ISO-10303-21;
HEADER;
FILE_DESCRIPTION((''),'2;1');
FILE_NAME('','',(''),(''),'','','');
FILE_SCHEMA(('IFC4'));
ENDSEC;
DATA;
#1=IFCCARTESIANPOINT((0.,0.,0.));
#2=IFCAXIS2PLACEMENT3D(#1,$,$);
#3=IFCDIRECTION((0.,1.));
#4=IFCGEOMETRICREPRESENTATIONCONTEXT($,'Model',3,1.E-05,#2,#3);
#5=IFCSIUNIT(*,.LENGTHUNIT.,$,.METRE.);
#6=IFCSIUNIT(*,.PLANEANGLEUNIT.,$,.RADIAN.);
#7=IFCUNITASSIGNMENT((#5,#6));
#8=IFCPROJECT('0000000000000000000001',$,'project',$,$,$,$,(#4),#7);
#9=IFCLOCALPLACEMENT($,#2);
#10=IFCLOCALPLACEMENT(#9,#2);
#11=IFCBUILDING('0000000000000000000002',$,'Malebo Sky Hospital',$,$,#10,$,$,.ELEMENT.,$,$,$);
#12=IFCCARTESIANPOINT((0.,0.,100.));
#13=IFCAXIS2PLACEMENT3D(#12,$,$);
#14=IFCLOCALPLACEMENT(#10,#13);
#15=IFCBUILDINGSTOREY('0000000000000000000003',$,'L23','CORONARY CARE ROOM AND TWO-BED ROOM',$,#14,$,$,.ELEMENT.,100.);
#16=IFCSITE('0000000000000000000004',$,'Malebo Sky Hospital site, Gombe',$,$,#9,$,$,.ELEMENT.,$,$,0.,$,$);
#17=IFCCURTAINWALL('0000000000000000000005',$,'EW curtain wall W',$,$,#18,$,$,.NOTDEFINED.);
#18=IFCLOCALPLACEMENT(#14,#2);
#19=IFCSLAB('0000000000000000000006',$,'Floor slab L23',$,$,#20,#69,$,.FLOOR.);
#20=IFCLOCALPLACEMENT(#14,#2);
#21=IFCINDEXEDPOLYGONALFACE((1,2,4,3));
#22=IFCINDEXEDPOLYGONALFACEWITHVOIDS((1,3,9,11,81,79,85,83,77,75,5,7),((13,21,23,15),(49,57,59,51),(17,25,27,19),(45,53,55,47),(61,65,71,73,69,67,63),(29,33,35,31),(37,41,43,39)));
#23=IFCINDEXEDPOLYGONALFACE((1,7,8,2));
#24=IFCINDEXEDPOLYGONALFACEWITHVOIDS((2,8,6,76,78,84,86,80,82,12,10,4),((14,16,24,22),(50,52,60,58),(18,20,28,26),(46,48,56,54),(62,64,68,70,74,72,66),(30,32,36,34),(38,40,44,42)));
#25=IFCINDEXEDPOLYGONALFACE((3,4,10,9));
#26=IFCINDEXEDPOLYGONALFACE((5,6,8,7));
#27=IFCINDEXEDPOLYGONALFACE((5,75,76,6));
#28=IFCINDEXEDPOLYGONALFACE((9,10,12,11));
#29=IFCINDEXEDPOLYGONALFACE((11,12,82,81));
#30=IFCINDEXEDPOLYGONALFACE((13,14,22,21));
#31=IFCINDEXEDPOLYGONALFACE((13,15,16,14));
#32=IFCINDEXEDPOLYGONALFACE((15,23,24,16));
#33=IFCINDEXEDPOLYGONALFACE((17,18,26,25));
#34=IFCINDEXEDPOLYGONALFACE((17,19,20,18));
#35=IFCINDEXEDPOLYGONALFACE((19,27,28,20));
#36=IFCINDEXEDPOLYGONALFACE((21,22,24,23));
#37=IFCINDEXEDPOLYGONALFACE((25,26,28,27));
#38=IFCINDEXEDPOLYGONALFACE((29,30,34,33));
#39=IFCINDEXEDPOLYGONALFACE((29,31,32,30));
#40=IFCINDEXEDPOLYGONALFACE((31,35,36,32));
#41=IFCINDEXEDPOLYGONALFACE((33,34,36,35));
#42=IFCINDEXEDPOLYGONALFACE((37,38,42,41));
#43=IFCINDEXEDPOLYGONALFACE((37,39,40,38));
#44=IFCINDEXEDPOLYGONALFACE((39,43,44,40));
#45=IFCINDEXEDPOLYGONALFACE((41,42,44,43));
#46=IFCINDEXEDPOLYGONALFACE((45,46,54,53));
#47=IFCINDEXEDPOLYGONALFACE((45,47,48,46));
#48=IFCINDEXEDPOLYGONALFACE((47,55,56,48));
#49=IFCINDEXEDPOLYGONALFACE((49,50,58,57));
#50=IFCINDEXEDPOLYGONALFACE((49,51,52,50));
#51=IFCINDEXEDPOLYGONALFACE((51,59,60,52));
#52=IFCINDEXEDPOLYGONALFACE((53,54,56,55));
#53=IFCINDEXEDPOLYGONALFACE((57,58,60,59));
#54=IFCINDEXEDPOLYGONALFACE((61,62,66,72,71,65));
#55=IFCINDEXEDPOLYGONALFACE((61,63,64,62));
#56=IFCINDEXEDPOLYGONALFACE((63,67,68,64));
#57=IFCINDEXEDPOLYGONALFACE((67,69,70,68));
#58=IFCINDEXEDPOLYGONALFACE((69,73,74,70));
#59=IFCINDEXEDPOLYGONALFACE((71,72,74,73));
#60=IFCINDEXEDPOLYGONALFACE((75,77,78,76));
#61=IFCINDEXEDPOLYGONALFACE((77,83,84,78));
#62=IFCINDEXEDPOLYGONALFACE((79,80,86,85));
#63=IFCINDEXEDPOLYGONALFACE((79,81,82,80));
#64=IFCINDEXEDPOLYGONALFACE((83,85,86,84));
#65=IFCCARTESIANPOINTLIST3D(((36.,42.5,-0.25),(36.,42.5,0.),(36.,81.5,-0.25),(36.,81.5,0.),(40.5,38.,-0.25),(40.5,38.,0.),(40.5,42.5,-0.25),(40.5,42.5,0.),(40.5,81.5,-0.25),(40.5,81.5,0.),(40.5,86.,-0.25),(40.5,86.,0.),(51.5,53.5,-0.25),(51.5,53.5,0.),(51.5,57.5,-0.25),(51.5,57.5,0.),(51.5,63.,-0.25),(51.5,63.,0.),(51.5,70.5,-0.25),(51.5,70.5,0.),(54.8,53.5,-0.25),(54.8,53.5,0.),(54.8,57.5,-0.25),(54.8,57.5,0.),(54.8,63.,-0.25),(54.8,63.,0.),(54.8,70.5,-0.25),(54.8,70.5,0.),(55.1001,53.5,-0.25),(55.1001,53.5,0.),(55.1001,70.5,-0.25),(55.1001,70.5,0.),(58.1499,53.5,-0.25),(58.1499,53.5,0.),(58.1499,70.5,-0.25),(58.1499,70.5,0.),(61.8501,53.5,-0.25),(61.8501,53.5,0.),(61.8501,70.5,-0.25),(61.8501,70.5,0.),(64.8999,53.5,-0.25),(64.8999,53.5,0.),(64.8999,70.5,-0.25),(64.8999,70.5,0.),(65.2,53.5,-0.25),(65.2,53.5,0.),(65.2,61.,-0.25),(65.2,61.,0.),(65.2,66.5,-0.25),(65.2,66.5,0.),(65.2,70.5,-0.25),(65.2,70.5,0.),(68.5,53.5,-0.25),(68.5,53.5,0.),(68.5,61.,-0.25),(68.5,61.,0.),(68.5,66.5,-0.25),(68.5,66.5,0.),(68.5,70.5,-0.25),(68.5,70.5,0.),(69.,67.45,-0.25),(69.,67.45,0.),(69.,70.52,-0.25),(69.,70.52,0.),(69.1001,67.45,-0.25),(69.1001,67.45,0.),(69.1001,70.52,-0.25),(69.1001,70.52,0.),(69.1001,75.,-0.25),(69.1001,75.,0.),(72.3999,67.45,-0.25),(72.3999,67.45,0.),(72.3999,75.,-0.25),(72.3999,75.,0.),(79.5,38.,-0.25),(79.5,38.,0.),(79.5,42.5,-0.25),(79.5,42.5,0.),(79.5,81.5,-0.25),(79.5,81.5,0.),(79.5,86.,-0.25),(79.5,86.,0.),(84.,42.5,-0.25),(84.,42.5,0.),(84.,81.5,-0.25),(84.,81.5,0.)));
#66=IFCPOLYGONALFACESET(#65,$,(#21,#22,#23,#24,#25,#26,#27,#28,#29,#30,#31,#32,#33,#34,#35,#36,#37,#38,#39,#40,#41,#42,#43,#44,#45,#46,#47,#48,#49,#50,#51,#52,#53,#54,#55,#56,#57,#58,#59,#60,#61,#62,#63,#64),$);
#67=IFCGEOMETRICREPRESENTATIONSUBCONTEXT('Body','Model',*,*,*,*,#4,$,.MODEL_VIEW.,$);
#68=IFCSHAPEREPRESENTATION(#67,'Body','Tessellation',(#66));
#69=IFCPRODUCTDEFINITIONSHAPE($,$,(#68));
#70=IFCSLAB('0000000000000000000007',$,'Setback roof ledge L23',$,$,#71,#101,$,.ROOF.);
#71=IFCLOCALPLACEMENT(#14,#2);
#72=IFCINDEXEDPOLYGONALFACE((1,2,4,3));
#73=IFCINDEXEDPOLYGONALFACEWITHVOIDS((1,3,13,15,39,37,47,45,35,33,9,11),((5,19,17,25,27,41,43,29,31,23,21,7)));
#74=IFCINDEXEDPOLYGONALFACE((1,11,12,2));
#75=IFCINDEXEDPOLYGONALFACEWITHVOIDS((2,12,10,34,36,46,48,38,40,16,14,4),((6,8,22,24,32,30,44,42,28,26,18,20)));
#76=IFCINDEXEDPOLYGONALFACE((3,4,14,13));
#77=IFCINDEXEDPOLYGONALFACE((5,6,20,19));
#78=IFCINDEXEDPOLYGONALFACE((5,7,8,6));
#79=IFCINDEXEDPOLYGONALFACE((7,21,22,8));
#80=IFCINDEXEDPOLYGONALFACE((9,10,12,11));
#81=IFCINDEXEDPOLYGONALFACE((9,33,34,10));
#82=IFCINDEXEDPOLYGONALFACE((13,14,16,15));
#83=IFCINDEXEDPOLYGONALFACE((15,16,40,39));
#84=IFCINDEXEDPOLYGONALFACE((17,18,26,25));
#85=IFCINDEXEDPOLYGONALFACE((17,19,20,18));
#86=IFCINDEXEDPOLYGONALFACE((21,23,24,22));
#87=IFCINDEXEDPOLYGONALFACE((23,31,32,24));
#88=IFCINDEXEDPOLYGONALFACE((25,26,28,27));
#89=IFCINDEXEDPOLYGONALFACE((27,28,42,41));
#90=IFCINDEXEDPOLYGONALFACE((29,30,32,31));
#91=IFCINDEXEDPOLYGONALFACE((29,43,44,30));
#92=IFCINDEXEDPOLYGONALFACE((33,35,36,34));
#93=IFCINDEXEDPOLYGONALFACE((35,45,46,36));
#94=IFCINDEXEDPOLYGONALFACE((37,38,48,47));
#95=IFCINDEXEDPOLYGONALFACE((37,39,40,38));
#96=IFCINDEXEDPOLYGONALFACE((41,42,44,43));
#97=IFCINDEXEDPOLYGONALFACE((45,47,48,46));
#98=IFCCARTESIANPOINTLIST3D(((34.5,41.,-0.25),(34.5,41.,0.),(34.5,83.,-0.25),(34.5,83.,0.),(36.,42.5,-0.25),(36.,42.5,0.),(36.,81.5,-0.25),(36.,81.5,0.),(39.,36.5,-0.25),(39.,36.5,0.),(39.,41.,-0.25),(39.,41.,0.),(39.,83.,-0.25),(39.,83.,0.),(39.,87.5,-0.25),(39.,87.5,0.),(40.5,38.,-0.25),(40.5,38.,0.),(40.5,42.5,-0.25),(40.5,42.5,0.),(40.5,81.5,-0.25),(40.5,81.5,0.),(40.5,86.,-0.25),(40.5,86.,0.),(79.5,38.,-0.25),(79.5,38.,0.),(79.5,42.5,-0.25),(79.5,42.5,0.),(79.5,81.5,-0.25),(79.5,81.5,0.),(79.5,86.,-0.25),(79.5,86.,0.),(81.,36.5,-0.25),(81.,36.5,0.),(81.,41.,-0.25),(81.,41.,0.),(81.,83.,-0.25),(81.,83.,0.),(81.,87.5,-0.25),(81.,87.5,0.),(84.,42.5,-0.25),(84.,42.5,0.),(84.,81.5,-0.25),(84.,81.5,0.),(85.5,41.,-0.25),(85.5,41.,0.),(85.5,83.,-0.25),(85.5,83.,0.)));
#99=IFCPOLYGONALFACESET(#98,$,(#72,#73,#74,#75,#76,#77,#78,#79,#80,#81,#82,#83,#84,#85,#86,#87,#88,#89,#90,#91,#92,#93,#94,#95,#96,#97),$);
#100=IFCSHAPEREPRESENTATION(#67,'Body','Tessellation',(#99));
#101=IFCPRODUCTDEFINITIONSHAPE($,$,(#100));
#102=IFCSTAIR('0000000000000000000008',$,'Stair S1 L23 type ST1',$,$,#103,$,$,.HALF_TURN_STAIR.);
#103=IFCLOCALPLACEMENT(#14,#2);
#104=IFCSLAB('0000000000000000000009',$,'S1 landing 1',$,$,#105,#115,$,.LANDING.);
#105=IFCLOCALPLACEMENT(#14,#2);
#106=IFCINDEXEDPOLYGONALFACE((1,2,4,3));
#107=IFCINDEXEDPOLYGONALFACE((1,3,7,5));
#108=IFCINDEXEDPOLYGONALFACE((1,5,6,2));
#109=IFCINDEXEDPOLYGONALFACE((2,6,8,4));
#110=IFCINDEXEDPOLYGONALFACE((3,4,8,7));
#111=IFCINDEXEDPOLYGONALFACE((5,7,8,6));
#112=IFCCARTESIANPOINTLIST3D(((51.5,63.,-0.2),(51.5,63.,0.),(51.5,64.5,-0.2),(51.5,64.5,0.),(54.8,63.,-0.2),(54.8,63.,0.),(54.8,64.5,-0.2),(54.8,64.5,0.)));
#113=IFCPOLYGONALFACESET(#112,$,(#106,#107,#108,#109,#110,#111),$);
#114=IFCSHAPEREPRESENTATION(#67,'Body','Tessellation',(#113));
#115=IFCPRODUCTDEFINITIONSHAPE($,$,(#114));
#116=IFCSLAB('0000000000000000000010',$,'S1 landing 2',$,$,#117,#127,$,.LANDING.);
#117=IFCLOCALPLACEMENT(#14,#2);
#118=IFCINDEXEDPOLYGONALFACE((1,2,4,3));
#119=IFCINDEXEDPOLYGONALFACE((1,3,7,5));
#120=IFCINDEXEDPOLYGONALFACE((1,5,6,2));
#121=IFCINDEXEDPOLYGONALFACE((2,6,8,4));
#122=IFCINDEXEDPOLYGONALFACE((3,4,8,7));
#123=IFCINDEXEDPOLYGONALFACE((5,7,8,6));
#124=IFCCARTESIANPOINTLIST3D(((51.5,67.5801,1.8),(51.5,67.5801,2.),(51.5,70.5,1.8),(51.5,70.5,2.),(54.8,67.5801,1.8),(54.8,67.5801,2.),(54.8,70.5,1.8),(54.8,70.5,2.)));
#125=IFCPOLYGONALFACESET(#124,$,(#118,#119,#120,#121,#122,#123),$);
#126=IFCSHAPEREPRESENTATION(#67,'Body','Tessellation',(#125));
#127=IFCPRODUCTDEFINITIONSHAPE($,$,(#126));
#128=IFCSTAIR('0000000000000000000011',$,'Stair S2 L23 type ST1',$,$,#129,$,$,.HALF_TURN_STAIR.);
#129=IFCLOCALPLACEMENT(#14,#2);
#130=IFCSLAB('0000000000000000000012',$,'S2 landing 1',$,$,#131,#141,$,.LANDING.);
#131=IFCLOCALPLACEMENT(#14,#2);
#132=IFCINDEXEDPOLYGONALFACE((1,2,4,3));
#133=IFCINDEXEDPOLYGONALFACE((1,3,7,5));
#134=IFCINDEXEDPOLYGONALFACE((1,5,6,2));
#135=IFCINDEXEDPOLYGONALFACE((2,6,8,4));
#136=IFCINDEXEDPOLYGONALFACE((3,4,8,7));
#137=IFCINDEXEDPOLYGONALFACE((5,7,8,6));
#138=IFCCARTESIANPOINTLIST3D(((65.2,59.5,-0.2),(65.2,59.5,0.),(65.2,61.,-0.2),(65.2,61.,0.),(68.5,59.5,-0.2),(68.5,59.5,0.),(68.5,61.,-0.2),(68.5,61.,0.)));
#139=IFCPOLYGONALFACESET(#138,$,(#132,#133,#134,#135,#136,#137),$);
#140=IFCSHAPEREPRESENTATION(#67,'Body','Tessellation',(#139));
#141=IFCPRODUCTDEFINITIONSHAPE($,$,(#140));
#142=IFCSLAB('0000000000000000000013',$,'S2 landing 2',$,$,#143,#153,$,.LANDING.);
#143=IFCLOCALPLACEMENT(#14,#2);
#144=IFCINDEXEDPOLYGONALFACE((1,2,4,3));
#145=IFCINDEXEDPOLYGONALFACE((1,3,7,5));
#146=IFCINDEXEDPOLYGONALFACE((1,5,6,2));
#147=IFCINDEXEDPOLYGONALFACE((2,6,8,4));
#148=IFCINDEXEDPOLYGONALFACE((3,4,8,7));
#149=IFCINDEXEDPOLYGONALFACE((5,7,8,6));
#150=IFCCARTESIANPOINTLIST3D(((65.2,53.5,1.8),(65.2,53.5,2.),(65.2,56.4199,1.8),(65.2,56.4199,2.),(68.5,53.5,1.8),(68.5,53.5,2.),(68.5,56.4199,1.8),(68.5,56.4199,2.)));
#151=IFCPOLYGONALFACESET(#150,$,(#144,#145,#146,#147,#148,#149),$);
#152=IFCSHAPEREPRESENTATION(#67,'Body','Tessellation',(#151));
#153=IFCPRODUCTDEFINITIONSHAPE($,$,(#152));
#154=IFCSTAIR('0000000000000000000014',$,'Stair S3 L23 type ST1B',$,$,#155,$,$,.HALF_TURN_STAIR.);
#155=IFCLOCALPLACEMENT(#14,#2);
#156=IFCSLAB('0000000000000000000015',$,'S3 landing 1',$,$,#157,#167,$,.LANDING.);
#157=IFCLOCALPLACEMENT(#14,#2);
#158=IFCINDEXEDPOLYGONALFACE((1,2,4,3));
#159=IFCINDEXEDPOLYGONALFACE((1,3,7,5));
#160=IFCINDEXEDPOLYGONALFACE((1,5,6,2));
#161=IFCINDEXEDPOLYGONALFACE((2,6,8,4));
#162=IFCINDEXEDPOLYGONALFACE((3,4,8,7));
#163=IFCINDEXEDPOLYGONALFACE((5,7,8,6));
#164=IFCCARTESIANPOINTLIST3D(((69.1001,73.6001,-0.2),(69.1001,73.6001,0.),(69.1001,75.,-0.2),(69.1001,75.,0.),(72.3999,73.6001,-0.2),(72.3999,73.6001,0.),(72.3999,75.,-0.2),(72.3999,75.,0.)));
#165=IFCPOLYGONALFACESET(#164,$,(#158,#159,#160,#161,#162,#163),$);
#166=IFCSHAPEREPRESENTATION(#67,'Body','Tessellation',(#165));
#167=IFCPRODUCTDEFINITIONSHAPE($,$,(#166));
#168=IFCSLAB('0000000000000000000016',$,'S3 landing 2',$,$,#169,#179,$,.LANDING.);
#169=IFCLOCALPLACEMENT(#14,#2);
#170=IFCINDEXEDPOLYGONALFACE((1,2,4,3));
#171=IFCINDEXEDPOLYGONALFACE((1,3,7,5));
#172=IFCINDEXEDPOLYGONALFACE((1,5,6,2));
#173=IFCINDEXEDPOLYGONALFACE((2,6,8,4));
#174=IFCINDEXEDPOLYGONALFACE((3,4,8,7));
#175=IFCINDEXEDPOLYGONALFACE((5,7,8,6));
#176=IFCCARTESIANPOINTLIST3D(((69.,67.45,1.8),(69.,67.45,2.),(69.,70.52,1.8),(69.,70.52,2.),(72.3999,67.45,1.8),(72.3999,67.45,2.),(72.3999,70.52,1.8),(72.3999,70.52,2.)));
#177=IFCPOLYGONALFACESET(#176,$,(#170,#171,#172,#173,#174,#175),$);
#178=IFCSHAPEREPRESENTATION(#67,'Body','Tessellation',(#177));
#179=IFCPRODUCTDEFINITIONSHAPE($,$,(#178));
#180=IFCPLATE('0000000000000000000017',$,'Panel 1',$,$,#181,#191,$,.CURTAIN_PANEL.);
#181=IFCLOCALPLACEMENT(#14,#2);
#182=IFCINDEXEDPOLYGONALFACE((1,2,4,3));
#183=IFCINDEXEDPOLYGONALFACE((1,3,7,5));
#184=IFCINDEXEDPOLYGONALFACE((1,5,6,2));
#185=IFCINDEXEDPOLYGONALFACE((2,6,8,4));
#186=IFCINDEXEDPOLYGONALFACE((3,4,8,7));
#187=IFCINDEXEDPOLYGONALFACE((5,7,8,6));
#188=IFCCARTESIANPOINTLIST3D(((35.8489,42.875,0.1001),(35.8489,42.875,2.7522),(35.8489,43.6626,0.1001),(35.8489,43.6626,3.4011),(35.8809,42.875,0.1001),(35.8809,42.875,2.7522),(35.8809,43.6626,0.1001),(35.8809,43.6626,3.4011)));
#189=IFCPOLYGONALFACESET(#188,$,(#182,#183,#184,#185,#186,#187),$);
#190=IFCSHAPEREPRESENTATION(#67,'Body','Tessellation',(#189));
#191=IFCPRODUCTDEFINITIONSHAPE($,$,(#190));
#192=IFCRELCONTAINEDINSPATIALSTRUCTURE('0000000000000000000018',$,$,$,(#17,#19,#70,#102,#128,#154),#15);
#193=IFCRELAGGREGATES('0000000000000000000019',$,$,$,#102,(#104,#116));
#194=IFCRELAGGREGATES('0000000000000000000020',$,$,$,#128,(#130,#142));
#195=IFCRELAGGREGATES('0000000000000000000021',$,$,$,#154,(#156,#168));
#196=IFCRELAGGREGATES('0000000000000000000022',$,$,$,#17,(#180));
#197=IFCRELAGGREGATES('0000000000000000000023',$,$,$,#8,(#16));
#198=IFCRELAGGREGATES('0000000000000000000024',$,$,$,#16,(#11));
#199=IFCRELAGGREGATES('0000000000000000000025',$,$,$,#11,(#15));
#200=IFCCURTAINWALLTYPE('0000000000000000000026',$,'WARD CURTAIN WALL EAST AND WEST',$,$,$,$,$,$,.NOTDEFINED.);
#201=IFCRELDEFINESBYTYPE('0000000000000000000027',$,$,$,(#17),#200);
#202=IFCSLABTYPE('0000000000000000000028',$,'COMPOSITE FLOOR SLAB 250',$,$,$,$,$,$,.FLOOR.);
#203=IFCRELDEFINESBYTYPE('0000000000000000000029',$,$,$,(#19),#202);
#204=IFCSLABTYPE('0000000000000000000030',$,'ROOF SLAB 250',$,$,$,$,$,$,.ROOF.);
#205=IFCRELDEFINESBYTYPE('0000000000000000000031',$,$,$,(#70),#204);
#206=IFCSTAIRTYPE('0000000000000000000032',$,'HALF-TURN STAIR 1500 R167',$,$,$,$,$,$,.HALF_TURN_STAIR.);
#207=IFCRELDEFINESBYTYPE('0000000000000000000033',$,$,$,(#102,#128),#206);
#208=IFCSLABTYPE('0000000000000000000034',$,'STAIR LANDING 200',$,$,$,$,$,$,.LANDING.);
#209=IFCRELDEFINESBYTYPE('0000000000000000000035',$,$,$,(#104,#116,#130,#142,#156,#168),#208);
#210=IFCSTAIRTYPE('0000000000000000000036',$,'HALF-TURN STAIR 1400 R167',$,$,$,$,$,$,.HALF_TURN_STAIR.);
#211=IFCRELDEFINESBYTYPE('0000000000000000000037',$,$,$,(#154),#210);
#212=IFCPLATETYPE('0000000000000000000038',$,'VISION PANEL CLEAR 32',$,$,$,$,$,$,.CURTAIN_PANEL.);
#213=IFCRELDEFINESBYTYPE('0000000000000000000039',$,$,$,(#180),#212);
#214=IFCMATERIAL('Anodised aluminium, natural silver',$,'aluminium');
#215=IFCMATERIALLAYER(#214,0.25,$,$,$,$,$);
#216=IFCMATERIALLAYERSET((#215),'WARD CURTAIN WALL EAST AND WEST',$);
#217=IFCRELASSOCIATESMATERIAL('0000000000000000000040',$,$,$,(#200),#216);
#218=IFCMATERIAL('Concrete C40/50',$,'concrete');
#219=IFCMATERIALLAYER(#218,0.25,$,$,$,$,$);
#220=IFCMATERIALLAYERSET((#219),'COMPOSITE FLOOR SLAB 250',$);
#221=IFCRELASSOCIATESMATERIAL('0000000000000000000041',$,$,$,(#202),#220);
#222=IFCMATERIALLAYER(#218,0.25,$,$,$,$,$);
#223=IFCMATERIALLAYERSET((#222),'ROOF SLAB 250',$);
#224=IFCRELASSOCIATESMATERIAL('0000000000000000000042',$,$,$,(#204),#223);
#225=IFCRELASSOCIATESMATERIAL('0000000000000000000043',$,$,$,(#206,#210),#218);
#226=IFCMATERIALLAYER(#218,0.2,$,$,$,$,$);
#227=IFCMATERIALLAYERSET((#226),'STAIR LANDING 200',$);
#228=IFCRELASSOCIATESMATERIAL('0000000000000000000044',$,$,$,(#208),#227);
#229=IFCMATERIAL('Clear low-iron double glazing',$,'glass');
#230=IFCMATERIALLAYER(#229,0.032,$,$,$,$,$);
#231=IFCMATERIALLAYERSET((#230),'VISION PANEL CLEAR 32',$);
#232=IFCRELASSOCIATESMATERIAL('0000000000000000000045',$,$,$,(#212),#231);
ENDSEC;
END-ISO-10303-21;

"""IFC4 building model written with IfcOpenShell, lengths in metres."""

from ifc_helpers import new_model, si_unit, direction, frame, origin, place, context, subcontext, project, spatial, polyline, outline, extrude, material, layer, layer_set, type_object, element, aggregate, save


model = new_model("IFC4")

# Units and contexts
model_context = context("Model", 3, precision=1e-05, world=origin(), true_north=direction((0.0, 1.0)))
body_context = subcontext(model_context, "Body", "Model", "MODEL_VIEW")
ifc_project = project(units=[si_unit("LENGTHUNIT", "METRE"), si_unit("PLANEANGLEUNIT", "RADIAN")], contexts=[model_context])

# Site, building, storey
site_placement = place(None, origin())
site = spatial("IfcSite", under=ifc_project, at=site_placement, Name="Malebo Sky Hospital site, Gombe", CompositionType="ELEMENT", RefElevation=0.0)
building_placement = place(site_placement, origin())
building = spatial("IfcBuilding", under=site, at=building_placement, Name="Malebo Sky Hospital", CompositionType="ELEMENT")
storey_placement = place(building_placement, frame((0.0, 0.0, 100.0)))
storey = spatial("IfcBuildingStorey", under=building, at=storey_placement, Name="L23", Description="CORONARY CARE ROOM AND TWO-BED ROOM", CompositionType="ELEMENT", Elevation=100.0)

# Curtain wall
ifc_material_1 = material(Name="Anodised aluminium, natural silver", Category="aluminium")
ifc_layer_1 = layer(ifc_material_1, 0.25)
ifc_layer_set_1 = layer_set([ifc_layer_1], Name="WARD CURTAIN WALL EAST AND WEST")
curtain_wall_type = type_object("IfcCurtainWallType", Name="WARD CURTAIN WALL EAST AND WEST", PredefinedType="NOTDEFINED", material=ifc_layer_set_1)
curtain_wall_placement = place(storey_placement, origin())
curtain_wall = element("IfcCurtainWall", 1, at=curtain_wall_placement, inside=storey, type_object=curtain_wall_type, Name="EW curtain wall W", PredefinedType="NOTDEFINED")

# Slabs
ifc_material_2 = material(Name="Concrete C40/50", Category="concrete")
ifc_layer_2 = layer(ifc_material_2, 0.25)
ifc_layer_set_2 = layer_set([ifc_layer_2], Name="COMPOSITE FLOOR SLAB 250")
slab_type_1 = type_object("IfcSlabType", Name="COMPOSITE FLOOR SLAB 250", PredefinedType="FLOOR", material=ifc_layer_set_2)
slab_1_placement = place(storey_placement, frame((0.0, 0.0, -0.25)))
element("IfcSlab", 2, at=slab_1_placement, inside=storey, type_object=slab_type_1, Name="Floor slab L23", PredefinedType="FLOOR", context=body_context, shape_type="SweptSolid", body=[
    extrude(outline(polyline([(40.5, 86.0), (40.5, 81.5), (36.0, 81.5), (36.0, 42.5), (40.5, 42.5), (40.5, 38.0), (79.5, 38.0), (79.5, 42.5), (84.0, 42.5), (84.0, 81.5), (79.5, 81.5), (79.5, 86.0), (40.5, 86.0)]), holes=[polyline([(55.1001, 70.5), (58.1499, 70.5), (58.1499, 53.5), (55.1001, 53.5), (55.1001, 70.5)]), polyline([(64.8999, 70.5), (64.8999, 53.5), (61.8501, 53.5), (61.8501, 70.5), (64.8999, 70.5)]), polyline([(54.8, 63.0), (51.5, 63.0), (51.5, 70.5), (54.8, 70.5), (54.8, 63.0)]), polyline([(51.5, 53.5), (51.5, 57.5), (54.8, 57.5), (54.8, 53.5), (51.5, 53.5)]), polyline([(65.2, 61.0), (68.5, 61.0), (68.5, 53.5), (65.2, 53.5), (65.2, 61.0)]), polyline([(68.5, 70.5), (68.5, 66.5), (65.2, 66.5), (65.2, 70.5), (68.5, 70.5)]), polyline([(69.0, 67.45), (69.0, 70.52), (69.1001, 70.52), (69.1001, 75.0), (72.3999, 75.0), (72.3999, 67.45), (69.1001, 67.45), (69.0, 67.45)])]), origin(), (0.0, 0.0, 1.0), 0.25),
])
ifc_layer_3 = layer(ifc_material_2, 0.25)
ifc_layer_set_3 = layer_set([ifc_layer_3], Name="ROOF SLAB 250")
slab_type_2 = type_object("IfcSlabType", Name="ROOF SLAB 250", PredefinedType="ROOF", material=ifc_layer_set_3)
slab_2_placement = place(storey_placement, frame((0.0, 0.0, -0.25)))
element("IfcSlab", 3, at=slab_2_placement, inside=storey, type_object=slab_type_2, Name="Setback roof ledge L23", PredefinedType="ROOF", context=body_context, shape_type="SweptSolid", body=[
    extrude(outline(polyline([(81.0, 36.5), (81.0, 41.0), (85.5, 41.0), (85.5, 83.0), (81.0, 83.0), (81.0, 87.5), (39.0, 87.5), (39.0, 83.0), (34.5, 83.0), (34.5, 41.0), (39.0, 41.0), (39.0, 36.5), (81.0, 36.5)]), holes=[polyline([(79.5, 38.0), (40.5, 38.0), (40.5, 42.5), (36.0, 42.5), (36.0, 81.5), (40.5, 81.5), (40.5, 86.0), (79.5, 86.0), (79.5, 81.5), (84.0, 81.5), (84.0, 42.5), (79.5, 42.5), (79.5, 38.0)])]), origin(), (0.0, 0.0, 1.0), 0.25),
])

# Stairs, slabs
stair_type_1 = type_object("IfcStairType", Name="HALF-TURN STAIR 1500 R167", PredefinedType="HALF_TURN_STAIR", material=ifc_material_2)
stair_1_placement = place(storey_placement, origin())
stair_1 = element("IfcStair", 4, at=stair_1_placement, inside=storey, type_object=stair_type_1, Name="Stair S1 L23 type ST1", PredefinedType="HALF_TURN_STAIR")
ifc_layer_4 = layer(ifc_material_2, 0.2)
ifc_layer_set_4 = layer_set([ifc_layer_4], Name="STAIR LANDING 200")
slab_type_3 = type_object("IfcSlabType", Name="STAIR LANDING 200", PredefinedType="LANDING", material=ifc_layer_set_4)
slab_3_placement = place(storey_placement, frame((0.0, 0.0, -0.2)))
slab_3 = element("IfcSlab", 5, at=slab_3_placement, type_object=slab_type_3, Name="S1 landing 1", PredefinedType="LANDING", context=body_context, shape_type="SweptSolid", body=[
    extrude(outline(polyline([(51.5, 63.0), (54.8, 63.0), (54.8, 64.5), (51.5, 64.5), (51.5, 63.0)])), origin(), (0.0, 0.0, 1.0), 0.2),
])
slab_4_placement = place(storey_placement, frame((0.0, 0.0, 1.8)))
slab_4 = element("IfcSlab", 6, at=slab_4_placement, type_object=slab_type_3, Name="S1 landing 2", PredefinedType="LANDING", context=body_context, shape_type="SweptSolid", body=[
    extrude(outline(polyline([(51.5, 67.5801), (54.8, 67.5801), (54.8, 70.5), (51.5, 70.5), (51.5, 67.5801)])), origin(), (0.0, 0.0, 1.0), 0.2),
])
aggregate(stair_1, [slab_3, slab_4])
stair_2_placement = place(storey_placement, origin())
stair_2 = element("IfcStair", 7, at=stair_2_placement, inside=storey, type_object=stair_type_1, Name="Stair S2 L23 type ST1", PredefinedType="HALF_TURN_STAIR")
slab_5_placement = place(storey_placement, frame((0.0, 0.0, -0.2)))
slab_5 = element("IfcSlab", 8, at=slab_5_placement, type_object=slab_type_3, Name="S2 landing 1", PredefinedType="LANDING", context=body_context, shape_type="SweptSolid", body=[
    extrude(outline(polyline([(65.2, 59.5), (68.5, 59.5), (68.5, 61.0), (65.2, 61.0), (65.2, 59.5)])), origin(), (0.0, 0.0, 1.0), 0.2),
])
slab_6_placement = place(storey_placement, frame((0.0, 0.0, 1.8)))
slab_6 = element("IfcSlab", 9, at=slab_6_placement, type_object=slab_type_3, Name="S2 landing 2", PredefinedType="LANDING", context=body_context, shape_type="SweptSolid", body=[
    extrude(outline(polyline([(65.2, 53.5), (68.5, 53.5), (68.5, 56.4199), (65.2, 56.4199), (65.2, 53.5)])), origin(), (0.0, 0.0, 1.0), 0.2),
])
aggregate(stair_2, [slab_5, slab_6])
stair_type_2 = type_object("IfcStairType", Name="HALF-TURN STAIR 1400 R167", PredefinedType="HALF_TURN_STAIR", material=ifc_material_2)
stair_3_placement = place(storey_placement, origin())
stair_3 = element("IfcStair", 10, at=stair_3_placement, inside=storey, type_object=stair_type_2, Name="Stair S3 L23 type ST1B", PredefinedType="HALF_TURN_STAIR")
slab_7_placement = place(storey_placement, frame((0.0, 0.0, -0.2)))
slab_7 = element("IfcSlab", 11, at=slab_7_placement, type_object=slab_type_3, Name="S3 landing 1", PredefinedType="LANDING", context=body_context, shape_type="SweptSolid", body=[
    extrude(outline(polyline([(69.1001, 73.6001), (72.3999, 73.6001), (72.3999, 75.0), (69.1001, 75.0), (69.1001, 73.6001)])), origin(), (0.0, 0.0, 1.0), 0.2),
])
slab_8_placement = place(storey_placement, frame((0.0, 0.0, 1.8)))
slab_8 = element("IfcSlab", 12, at=slab_8_placement, type_object=slab_type_3, Name="S3 landing 2", PredefinedType="LANDING", context=body_context, shape_type="SweptSolid", body=[
    extrude(outline(polyline([(69.0, 67.45), (72.3999, 67.45), (72.3999, 70.52), (69.0, 70.52), (69.0, 67.45)])), origin(), (0.0, 0.0, 1.0), 0.2),
])
aggregate(stair_3, [slab_7, slab_8])

# Plate
ifc_material_3 = material(Name="Clear low-iron double glazing", Category="glass")
ifc_layer_5 = layer(ifc_material_3, 0.032)
ifc_layer_set_5 = layer_set([ifc_layer_5], Name="VISION PANEL CLEAR 32")
plate_type = type_object("IfcPlateType", Name="VISION PANEL CLEAR 32", PredefinedType="CURTAIN_PANEL", material=ifc_layer_set_5)
plate_placement = place(storey_placement, frame((35.865, 43.2688, 0.1001), z_axis=(0.0, 0.0, 1.0), x_axis=(0.0, 1.0, 0.0)))
plate = element("IfcPlate", 13, at=plate_placement, type_object=plate_type, Name="Panel 1", PredefinedType="CURTAIN_PANEL", context=body_context, shape_type="SweptSolid", body=[
    extrude(outline(polyline([(-0.3938, 0.0), (0.3938, 0.0), (0.3938, 3.301), (-0.3938, 2.6521), (-0.3938, 0.0)])), frame((0.0, 0.0161, 0.0), z_axis=(0.0, -1.0, 0.0), x_axis=(1.0, 0.0, 0.0)), (0.0, 0.0, 1.0), 0.032),
])
aggregate(curtain_wall, [plate])

save(model, "model.ifc")
